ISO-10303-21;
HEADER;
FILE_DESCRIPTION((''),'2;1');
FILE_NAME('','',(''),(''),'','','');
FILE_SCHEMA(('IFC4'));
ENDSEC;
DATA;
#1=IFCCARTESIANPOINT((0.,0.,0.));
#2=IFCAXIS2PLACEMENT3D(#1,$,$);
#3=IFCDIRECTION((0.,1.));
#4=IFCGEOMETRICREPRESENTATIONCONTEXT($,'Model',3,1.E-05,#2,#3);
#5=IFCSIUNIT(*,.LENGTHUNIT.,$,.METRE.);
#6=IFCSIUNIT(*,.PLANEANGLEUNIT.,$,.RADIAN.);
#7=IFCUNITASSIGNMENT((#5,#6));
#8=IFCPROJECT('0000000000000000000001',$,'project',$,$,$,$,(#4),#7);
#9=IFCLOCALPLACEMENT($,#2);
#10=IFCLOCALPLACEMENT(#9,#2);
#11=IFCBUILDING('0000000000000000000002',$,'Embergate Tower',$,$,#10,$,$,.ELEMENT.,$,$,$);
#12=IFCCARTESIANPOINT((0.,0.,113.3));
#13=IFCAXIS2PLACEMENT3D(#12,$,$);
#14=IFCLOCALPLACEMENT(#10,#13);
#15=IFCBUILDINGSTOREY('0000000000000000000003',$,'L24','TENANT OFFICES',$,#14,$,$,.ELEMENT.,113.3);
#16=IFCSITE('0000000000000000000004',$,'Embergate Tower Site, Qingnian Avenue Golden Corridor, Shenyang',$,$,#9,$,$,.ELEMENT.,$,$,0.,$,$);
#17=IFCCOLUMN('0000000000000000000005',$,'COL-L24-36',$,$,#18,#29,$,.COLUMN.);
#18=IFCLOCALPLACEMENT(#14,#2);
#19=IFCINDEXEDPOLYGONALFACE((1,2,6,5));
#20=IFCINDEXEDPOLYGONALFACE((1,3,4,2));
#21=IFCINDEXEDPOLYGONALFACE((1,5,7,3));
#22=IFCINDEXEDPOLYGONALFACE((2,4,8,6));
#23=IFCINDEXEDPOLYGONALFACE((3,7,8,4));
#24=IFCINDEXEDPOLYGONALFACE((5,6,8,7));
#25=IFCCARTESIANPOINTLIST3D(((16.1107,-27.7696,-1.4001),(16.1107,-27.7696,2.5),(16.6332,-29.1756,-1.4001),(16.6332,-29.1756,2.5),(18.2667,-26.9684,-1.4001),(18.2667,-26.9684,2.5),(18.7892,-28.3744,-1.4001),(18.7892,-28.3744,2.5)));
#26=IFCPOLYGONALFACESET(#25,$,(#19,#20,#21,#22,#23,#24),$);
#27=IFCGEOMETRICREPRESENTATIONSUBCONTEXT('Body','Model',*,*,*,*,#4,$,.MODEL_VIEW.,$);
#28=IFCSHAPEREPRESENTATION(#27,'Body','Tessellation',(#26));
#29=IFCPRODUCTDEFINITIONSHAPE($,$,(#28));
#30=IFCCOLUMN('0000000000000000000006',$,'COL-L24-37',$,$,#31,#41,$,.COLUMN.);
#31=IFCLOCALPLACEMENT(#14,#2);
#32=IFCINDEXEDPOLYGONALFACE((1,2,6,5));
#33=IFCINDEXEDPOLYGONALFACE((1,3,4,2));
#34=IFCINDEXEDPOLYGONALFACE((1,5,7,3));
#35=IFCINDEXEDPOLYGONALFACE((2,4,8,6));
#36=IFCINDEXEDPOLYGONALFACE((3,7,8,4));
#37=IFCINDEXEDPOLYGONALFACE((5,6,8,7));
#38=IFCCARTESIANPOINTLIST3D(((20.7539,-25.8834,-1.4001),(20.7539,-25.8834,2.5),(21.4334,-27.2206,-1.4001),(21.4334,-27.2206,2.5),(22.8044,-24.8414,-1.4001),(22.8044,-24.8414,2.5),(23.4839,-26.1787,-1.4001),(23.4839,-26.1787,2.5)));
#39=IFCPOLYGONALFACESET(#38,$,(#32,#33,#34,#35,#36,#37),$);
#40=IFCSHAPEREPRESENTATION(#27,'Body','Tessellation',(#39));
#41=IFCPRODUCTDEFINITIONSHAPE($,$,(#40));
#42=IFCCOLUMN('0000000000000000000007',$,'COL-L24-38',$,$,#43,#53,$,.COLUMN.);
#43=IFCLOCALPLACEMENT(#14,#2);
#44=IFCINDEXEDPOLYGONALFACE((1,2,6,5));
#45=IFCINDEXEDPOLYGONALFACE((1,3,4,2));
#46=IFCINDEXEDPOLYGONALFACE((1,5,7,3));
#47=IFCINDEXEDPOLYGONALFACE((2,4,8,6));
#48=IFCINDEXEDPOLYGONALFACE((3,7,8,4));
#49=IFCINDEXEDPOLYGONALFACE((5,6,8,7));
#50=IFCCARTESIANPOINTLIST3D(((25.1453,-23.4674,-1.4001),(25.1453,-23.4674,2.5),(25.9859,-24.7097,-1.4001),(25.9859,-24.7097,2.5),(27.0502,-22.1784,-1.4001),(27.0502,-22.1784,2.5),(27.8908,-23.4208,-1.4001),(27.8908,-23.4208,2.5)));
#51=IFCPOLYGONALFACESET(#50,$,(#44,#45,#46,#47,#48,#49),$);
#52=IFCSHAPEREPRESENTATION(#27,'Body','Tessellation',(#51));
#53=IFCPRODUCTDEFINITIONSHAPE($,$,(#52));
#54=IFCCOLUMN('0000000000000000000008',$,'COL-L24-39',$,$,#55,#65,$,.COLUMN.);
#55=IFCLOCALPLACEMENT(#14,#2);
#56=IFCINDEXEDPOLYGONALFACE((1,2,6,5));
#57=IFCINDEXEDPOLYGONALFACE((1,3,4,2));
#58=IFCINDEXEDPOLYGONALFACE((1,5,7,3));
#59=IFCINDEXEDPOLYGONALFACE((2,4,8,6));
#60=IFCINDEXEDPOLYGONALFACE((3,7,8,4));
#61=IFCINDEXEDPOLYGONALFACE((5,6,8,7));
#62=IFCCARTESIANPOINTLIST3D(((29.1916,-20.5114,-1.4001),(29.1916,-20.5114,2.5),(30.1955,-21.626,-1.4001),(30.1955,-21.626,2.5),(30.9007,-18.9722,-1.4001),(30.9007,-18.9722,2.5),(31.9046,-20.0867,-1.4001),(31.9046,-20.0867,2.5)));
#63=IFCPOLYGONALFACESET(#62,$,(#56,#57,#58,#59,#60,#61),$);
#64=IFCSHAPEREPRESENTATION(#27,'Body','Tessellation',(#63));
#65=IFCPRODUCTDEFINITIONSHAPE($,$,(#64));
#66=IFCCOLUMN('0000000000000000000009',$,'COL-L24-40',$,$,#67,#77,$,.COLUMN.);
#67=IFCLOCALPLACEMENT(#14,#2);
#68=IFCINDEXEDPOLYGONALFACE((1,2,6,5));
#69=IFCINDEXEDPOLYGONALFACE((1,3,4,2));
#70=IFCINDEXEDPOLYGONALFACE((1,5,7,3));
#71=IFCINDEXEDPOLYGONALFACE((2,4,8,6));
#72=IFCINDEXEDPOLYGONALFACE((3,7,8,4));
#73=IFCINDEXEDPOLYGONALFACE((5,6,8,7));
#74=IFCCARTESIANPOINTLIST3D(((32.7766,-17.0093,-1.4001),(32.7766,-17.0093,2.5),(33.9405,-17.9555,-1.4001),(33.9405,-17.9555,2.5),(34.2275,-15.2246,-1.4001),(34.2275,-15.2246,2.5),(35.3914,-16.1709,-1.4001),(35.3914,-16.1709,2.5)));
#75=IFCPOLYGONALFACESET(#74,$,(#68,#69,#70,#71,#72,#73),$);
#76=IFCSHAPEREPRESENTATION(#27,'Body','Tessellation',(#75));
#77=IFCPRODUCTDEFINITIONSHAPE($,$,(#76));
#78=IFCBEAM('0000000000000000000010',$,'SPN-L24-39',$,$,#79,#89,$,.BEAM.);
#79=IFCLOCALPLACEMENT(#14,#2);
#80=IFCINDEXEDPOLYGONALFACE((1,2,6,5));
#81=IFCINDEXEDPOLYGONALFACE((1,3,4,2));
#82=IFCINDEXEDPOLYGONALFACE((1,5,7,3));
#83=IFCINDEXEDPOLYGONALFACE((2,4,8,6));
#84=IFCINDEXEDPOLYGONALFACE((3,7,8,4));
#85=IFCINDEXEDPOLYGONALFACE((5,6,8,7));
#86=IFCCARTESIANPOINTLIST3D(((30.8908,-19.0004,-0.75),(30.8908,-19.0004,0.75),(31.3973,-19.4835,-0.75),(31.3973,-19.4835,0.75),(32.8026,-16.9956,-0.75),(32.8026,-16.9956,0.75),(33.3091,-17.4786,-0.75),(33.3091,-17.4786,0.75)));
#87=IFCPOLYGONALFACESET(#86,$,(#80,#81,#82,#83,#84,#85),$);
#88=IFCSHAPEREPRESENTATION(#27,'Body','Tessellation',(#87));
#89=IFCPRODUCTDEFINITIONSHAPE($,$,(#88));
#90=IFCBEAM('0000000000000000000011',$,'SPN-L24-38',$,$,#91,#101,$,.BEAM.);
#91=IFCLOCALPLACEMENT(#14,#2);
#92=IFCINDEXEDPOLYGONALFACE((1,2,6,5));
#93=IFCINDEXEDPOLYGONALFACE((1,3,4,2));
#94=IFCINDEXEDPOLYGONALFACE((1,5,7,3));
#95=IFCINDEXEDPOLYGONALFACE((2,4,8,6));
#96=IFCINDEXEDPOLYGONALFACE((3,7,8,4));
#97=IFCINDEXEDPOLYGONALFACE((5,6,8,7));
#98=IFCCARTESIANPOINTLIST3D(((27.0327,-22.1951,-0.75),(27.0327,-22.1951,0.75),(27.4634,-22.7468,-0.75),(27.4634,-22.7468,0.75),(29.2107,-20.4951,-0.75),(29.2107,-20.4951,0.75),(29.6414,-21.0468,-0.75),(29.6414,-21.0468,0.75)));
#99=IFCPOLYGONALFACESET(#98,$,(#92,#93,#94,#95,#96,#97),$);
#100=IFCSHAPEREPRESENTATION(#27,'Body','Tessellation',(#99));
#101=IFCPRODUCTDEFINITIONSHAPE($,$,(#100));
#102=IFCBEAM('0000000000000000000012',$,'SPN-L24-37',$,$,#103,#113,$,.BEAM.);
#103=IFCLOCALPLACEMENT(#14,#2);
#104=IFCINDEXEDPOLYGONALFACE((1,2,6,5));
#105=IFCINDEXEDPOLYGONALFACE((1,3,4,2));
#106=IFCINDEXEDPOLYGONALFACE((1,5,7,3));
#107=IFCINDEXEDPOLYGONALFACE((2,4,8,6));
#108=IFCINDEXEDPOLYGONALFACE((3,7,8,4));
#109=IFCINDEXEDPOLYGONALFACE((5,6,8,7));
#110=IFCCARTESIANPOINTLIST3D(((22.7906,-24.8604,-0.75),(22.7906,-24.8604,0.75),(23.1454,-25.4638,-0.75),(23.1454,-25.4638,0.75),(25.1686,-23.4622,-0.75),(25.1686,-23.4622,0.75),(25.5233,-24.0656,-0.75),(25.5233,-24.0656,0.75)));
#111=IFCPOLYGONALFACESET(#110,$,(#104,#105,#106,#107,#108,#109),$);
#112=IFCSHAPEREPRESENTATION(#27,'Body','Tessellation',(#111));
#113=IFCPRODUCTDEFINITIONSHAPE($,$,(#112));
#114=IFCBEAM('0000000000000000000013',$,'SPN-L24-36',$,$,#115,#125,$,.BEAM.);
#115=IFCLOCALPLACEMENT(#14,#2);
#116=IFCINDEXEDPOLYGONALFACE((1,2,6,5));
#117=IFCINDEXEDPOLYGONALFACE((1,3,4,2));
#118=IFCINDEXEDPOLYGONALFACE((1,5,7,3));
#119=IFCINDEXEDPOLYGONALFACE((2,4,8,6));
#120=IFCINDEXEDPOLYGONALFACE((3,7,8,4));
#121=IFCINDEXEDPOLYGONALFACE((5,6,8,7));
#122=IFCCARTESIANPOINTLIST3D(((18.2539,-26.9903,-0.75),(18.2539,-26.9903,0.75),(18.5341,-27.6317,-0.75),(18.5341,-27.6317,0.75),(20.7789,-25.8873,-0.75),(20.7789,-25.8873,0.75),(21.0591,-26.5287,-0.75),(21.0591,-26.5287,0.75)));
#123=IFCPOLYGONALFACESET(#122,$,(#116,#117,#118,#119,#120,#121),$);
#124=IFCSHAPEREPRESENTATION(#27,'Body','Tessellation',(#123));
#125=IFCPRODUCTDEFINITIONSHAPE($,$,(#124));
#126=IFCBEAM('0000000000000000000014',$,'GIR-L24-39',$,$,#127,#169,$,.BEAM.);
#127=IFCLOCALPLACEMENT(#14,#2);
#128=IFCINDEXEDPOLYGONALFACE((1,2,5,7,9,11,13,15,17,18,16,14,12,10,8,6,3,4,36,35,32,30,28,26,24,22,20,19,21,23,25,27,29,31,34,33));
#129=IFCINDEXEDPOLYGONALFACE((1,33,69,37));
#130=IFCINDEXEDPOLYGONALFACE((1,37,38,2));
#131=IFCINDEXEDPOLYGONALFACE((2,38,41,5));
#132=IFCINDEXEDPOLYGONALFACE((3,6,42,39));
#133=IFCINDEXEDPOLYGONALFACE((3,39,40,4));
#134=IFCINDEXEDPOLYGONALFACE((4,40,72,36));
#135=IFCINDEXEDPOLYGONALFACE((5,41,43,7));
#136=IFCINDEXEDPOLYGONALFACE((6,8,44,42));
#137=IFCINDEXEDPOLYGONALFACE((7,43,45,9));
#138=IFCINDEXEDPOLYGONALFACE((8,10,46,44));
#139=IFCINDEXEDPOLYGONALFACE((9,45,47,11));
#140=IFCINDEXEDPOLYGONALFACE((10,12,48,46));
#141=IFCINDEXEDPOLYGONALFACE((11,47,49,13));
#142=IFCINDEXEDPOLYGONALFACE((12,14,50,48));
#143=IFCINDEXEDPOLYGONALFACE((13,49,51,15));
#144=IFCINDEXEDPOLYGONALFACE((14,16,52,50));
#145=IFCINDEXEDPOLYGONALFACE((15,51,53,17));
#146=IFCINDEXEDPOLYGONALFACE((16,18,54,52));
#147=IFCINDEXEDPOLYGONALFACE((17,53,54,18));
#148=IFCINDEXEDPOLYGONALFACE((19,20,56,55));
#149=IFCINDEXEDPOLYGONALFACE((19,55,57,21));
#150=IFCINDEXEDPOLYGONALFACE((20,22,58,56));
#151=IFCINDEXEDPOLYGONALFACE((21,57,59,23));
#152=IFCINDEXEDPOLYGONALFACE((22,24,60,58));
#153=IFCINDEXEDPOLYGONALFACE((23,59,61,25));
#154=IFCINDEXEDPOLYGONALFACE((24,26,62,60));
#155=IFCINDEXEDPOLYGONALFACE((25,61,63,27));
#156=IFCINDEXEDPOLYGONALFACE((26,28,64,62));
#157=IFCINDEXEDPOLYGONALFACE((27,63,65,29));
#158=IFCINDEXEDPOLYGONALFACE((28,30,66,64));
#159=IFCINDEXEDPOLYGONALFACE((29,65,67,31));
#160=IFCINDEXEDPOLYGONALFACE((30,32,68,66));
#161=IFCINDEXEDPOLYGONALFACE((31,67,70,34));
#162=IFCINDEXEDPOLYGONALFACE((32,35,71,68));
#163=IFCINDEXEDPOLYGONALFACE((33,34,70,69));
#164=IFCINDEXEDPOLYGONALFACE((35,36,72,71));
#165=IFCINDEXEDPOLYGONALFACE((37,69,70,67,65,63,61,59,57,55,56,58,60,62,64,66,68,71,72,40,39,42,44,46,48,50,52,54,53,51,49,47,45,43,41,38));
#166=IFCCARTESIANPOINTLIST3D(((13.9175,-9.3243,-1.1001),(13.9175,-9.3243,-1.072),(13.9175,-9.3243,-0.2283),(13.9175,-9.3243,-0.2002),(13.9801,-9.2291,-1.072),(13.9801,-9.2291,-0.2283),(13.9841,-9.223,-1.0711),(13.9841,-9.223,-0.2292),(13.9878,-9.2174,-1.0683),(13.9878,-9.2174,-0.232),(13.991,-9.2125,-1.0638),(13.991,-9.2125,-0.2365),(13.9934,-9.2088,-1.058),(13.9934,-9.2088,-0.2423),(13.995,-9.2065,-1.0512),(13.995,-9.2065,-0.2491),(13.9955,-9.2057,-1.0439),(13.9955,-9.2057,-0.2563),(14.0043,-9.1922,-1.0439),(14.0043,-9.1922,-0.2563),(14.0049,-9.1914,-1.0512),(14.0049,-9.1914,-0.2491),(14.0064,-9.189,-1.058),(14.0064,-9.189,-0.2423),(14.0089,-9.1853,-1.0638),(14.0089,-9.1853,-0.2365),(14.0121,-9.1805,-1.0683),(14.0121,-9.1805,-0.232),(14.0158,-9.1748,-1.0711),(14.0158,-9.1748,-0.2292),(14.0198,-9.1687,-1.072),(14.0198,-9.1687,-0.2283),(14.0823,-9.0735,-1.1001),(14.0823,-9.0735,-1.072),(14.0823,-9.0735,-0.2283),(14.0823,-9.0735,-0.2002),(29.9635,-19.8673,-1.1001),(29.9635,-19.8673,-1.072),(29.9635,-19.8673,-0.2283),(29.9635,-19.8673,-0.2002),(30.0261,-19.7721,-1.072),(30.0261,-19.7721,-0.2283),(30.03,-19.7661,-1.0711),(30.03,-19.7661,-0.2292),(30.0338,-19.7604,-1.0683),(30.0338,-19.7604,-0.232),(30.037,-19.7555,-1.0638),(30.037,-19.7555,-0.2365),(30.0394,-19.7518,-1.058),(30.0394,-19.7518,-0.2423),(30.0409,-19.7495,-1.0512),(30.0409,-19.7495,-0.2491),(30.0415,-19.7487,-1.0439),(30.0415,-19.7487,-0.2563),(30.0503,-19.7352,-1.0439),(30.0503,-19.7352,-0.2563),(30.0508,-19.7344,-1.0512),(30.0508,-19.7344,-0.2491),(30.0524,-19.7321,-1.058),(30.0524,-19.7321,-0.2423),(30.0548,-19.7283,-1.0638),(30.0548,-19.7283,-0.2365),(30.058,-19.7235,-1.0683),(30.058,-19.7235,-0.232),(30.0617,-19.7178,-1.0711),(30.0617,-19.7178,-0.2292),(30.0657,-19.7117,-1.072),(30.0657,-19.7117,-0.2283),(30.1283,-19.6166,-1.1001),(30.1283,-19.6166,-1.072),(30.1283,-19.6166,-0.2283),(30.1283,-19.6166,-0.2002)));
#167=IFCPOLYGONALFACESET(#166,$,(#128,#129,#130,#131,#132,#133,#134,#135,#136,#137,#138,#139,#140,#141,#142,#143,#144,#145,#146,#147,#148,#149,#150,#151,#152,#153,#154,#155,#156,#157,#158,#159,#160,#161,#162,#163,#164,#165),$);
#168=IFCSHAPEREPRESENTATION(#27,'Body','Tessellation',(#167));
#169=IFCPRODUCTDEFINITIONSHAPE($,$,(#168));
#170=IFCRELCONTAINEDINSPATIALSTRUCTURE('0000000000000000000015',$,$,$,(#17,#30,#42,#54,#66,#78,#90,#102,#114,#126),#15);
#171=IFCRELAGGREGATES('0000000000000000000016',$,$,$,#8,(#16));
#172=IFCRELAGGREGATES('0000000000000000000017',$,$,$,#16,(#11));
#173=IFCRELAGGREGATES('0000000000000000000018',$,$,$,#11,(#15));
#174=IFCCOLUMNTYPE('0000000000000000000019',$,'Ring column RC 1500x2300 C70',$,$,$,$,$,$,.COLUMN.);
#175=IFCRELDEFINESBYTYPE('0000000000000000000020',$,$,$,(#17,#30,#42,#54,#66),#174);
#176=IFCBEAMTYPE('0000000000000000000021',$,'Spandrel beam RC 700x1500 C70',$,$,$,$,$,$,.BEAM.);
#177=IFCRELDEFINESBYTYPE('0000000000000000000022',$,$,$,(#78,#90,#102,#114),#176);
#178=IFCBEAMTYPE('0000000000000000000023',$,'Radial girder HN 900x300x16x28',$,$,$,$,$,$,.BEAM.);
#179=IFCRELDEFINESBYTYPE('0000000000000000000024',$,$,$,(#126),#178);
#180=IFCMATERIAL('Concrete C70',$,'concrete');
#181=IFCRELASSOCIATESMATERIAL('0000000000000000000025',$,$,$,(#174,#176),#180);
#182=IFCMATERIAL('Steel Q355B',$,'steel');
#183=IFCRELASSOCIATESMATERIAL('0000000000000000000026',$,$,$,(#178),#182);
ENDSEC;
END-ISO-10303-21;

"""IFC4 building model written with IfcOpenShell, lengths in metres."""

from ifc_helpers import new_model, si_unit, direction, frame, origin, origin_2d, place, context, subcontext, project, spatial, rectangle, i_section, extrude, source, transform, mapped, material, material_profile, profile_set, type_object, element, save


model = new_model("IFC4")

# Units and contexts
model_context = context("Model", 3, precision=1e-05, world=origin(), true_north=direction((0.0, 1.0)))
body_context = subcontext(model_context, "Body", "Model", "MODEL_VIEW")
ifc_project = project(units=[si_unit("LENGTHUNIT", "METRE"), si_unit("PLANEANGLEUNIT", "RADIAN")], contexts=[model_context])

# Site, building, storey
site_placement = place(None, origin())
site = spatial("IfcSite", under=ifc_project, at=site_placement, Name="Embergate Tower Site, Qingnian Avenue Golden Corridor, Shenyang", CompositionType="ELEMENT", RefElevation=0.0)
building_placement = place(site_placement, origin())
building = spatial("IfcBuilding", under=site, at=building_placement, Name="Embergate Tower", CompositionType="ELEMENT")
storey_placement = place(building_placement, frame((0.0, 0.0, 113.3)))
storey = spatial("IfcBuildingStorey", under=building, at=storey_placement, Name="L24", Description="TENANT OFFICES", CompositionType="ELEMENT", Elevation=113.3)

# Columns
ifc_material_1 = material(Name="Concrete C70", Category="concrete")
ifc_material_profile_1 = material_profile(ifc_material_1, rectangle(XDim=1.5, YDim=2.3, at=origin_2d()), Name="RC 1500x2300")
ifc_profile_set_1 = profile_set([ifc_material_profile_1], Name="Concrete C70")
column_type = type_object("IfcColumnType", Name="Ring column RC 1500x2300 C70", PredefinedType="COLUMN", material=ifc_profile_set_1)
shared_shape_1 = source(origin(), body_context, "Body", "SweptSolid", [
    extrude(rectangle(XDim=1.5, YDim=2.3, at=origin_2d()), origin(), (0.0, 0.0, 1.0), 3.9001),
])
for number, where, z_axis, x_axis, name in (
    (1, (17.45, -28.072, -1.4001), (0.0, 0.0, 1.0), (0.348343, -0.937367, 0.0), "COL-L24-36"),
    (2, (22.1189, -26.031, -1.4001), (0.0, 0.0, 1.0), (0.453011, -0.891505, 0.0), "COL-L24-37"),
    (3, (26.5181, -23.4441, -1.4001), (0.0, 0.0, 1.0), (0.560408, -0.828217, 0.0), "COL-L24-38"),
    (4, (30.5481, -20.2991, -1.4001), (0.0, 0.0, 1.0), (0.669221, -0.743063, 0.0), "COL-L24-39"),
    (5, (34.084, -16.5901, -1.4001), (0.0, 0.0, 1.0), (0.775925, -0.630825, 0.0), "COL-L24-40"),
):
    element("IfcColumn", number, at=place(storey_placement, frame(where, z_axis=z_axis, x_axis=x_axis)), inside=storey, type_object=column_type, Name=name, PredefinedType="COLUMN", context=body_context, shape_type="MappedRepresentation", body=[
        mapped(shared_shape_1, transform((0.0, 0.0, 0.0))),
    ])

# Beams
ifc_material_profile_2 = material_profile(ifc_material_1, rectangle(XDim=0.7, YDim=1.5, at=origin_2d()), Name="RC 700x1500")
ifc_profile_set_2 = profile_set([ifc_material_profile_2], Name="Concrete C70")
beam_type_1 = type_object("IfcBeamType", Name="Spandrel beam RC 700x1500 C70", PredefinedType="BEAM", material=ifc_profile_set_2)
shared_shape_2 = source(origin(), body_context, "Body", "SweptSolid", [
    extrude(rectangle(XDim=0.7, YDim=1.5, at=origin_2d()), origin(), (0.0, 0.0, 1.0), 2.7703),
])
beam_1_placement = place(storey_placement, frame((31.144, -19.2419, 0.0), z_axis=(0.690119, 0.723696, 0.0), x_axis=(-0.723696, 0.690119, 0.0)))
element("IfcBeam", 6, at=beam_1_placement, inside=storey, type_object=beam_type_1, Name="SPN-L24-39", PredefinedType="BEAM", context=body_context, shape_type="MappedRepresentation", body=[
    mapped(shared_shape_2, transform((0.0, 0.0, 0.0))),
])
shared_shape_3 = source(origin(), body_context, "Body", "SweptSolid", [
    extrude(rectangle(XDim=0.7, YDim=1.5, at=origin_2d()), origin(), (0.0, 0.0, 1.0), 2.7629),
])
beam_2_placement = place(storey_placement, frame((27.248, -22.4709, 0.0), z_axis=(0.788304, 0.615286, 0.0), x_axis=(-0.615286, 0.788304, 0.0)))
element("IfcBeam", 7, at=beam_2_placement, inside=storey, type_object=beam_type_1, Name="SPN-L24-38", PredefinedType="BEAM", context=body_context, shape_type="MappedRepresentation", body=[
    mapped(shared_shape_3, transform((0.0, 0.0, 0.0))),
])
shared_shape_4 = source(origin(), body_context, "Body", "SweptSolid", [
    extrude(rectangle(XDim=0.7, YDim=1.5, at=origin_2d()), origin(), (0.0, 0.0, 1.0), 2.7585),
])
beam_3_placement = place(storey_placement, frame((22.968, -25.1621, 0.0), z_axis=(0.862027, 0.506862, 0.0), x_axis=(-0.506862, 0.862027, 0.0)))
element("IfcBeam", 8, at=beam_3_placement, inside=storey, type_object=beam_type_1, Name="SPN-L24-37", PredefinedType="BEAM", context=body_context, shape_type="MappedRepresentation", body=[
    mapped(shared_shape_4, transform((0.0, 0.0, 0.0))),
])
shared_shape_5 = source(origin(), body_context, "Body", "SweptSolid", [
    extrude(rectangle(XDim=0.7, YDim=1.5, at=origin_2d()), origin(), (0.0, 0.0, 1.0), 2.7554),
])
beam_4_placement = place(storey_placement, frame((18.394, -27.311, 0.0), z_axis=(0.916373, 0.400326, 0.0), x_axis=(-0.400326, 0.916373, 0.0)))
element("IfcBeam", 9, at=beam_4_placement, inside=storey, type_object=beam_type_1, Name="SPN-L24-36", PredefinedType="BEAM", context=body_context, shape_type="MappedRepresentation", body=[
    mapped(shared_shape_5, transform((0.0, 0.0, 0.0))),
])
ifc_material_2 = material(Name="Steel Q355B", Category="steel")
ifc_material_profile_3 = material_profile(ifc_material_2, i_section(OverallWidth=0.3, OverallDepth=0.8999, WebThickness=0.0161, FlangeThickness=0.0281, FilletRadius=0.0281, at=origin_2d()), Name="HN 900x300x16x28")
ifc_profile_set_3 = profile_set([ifc_material_profile_3], Name="Steel Q355 grade B")
beam_type_2 = type_object("IfcBeamType", Name="Radial girder HN 900x300x16x28", PredefinedType="BEAM", material=ifc_profile_set_3)
shared_shape_6 = source(origin(), body_context, "Body", "SweptSolid", [
    extrude(i_section(OverallWidth=0.3, OverallDepth=0.8999, WebThickness=0.0161, FlangeThickness=0.0281, FilletRadius=0.0281, at=origin_2d()), origin(), (0.0, 0.0, 1.0), 19.1997),
])
beam_5_placement = place(storey_placement, frame((30.0459, -19.7419, -0.6501), z_axis=(-0.835741, 0.549124, 0.0), x_axis=(-0.549124, -0.835741, 0.0)))
element("IfcBeam", 10, at=beam_5_placement, inside=storey, type_object=beam_type_2, Name="GIR-L24-39", PredefinedType="BEAM", context=body_context, shape_type="MappedRepresentation", body=[
    mapped(shared_shape_6, transform((0.0, 0.0, 0.0))),
])

save(model, "model.ifc")
